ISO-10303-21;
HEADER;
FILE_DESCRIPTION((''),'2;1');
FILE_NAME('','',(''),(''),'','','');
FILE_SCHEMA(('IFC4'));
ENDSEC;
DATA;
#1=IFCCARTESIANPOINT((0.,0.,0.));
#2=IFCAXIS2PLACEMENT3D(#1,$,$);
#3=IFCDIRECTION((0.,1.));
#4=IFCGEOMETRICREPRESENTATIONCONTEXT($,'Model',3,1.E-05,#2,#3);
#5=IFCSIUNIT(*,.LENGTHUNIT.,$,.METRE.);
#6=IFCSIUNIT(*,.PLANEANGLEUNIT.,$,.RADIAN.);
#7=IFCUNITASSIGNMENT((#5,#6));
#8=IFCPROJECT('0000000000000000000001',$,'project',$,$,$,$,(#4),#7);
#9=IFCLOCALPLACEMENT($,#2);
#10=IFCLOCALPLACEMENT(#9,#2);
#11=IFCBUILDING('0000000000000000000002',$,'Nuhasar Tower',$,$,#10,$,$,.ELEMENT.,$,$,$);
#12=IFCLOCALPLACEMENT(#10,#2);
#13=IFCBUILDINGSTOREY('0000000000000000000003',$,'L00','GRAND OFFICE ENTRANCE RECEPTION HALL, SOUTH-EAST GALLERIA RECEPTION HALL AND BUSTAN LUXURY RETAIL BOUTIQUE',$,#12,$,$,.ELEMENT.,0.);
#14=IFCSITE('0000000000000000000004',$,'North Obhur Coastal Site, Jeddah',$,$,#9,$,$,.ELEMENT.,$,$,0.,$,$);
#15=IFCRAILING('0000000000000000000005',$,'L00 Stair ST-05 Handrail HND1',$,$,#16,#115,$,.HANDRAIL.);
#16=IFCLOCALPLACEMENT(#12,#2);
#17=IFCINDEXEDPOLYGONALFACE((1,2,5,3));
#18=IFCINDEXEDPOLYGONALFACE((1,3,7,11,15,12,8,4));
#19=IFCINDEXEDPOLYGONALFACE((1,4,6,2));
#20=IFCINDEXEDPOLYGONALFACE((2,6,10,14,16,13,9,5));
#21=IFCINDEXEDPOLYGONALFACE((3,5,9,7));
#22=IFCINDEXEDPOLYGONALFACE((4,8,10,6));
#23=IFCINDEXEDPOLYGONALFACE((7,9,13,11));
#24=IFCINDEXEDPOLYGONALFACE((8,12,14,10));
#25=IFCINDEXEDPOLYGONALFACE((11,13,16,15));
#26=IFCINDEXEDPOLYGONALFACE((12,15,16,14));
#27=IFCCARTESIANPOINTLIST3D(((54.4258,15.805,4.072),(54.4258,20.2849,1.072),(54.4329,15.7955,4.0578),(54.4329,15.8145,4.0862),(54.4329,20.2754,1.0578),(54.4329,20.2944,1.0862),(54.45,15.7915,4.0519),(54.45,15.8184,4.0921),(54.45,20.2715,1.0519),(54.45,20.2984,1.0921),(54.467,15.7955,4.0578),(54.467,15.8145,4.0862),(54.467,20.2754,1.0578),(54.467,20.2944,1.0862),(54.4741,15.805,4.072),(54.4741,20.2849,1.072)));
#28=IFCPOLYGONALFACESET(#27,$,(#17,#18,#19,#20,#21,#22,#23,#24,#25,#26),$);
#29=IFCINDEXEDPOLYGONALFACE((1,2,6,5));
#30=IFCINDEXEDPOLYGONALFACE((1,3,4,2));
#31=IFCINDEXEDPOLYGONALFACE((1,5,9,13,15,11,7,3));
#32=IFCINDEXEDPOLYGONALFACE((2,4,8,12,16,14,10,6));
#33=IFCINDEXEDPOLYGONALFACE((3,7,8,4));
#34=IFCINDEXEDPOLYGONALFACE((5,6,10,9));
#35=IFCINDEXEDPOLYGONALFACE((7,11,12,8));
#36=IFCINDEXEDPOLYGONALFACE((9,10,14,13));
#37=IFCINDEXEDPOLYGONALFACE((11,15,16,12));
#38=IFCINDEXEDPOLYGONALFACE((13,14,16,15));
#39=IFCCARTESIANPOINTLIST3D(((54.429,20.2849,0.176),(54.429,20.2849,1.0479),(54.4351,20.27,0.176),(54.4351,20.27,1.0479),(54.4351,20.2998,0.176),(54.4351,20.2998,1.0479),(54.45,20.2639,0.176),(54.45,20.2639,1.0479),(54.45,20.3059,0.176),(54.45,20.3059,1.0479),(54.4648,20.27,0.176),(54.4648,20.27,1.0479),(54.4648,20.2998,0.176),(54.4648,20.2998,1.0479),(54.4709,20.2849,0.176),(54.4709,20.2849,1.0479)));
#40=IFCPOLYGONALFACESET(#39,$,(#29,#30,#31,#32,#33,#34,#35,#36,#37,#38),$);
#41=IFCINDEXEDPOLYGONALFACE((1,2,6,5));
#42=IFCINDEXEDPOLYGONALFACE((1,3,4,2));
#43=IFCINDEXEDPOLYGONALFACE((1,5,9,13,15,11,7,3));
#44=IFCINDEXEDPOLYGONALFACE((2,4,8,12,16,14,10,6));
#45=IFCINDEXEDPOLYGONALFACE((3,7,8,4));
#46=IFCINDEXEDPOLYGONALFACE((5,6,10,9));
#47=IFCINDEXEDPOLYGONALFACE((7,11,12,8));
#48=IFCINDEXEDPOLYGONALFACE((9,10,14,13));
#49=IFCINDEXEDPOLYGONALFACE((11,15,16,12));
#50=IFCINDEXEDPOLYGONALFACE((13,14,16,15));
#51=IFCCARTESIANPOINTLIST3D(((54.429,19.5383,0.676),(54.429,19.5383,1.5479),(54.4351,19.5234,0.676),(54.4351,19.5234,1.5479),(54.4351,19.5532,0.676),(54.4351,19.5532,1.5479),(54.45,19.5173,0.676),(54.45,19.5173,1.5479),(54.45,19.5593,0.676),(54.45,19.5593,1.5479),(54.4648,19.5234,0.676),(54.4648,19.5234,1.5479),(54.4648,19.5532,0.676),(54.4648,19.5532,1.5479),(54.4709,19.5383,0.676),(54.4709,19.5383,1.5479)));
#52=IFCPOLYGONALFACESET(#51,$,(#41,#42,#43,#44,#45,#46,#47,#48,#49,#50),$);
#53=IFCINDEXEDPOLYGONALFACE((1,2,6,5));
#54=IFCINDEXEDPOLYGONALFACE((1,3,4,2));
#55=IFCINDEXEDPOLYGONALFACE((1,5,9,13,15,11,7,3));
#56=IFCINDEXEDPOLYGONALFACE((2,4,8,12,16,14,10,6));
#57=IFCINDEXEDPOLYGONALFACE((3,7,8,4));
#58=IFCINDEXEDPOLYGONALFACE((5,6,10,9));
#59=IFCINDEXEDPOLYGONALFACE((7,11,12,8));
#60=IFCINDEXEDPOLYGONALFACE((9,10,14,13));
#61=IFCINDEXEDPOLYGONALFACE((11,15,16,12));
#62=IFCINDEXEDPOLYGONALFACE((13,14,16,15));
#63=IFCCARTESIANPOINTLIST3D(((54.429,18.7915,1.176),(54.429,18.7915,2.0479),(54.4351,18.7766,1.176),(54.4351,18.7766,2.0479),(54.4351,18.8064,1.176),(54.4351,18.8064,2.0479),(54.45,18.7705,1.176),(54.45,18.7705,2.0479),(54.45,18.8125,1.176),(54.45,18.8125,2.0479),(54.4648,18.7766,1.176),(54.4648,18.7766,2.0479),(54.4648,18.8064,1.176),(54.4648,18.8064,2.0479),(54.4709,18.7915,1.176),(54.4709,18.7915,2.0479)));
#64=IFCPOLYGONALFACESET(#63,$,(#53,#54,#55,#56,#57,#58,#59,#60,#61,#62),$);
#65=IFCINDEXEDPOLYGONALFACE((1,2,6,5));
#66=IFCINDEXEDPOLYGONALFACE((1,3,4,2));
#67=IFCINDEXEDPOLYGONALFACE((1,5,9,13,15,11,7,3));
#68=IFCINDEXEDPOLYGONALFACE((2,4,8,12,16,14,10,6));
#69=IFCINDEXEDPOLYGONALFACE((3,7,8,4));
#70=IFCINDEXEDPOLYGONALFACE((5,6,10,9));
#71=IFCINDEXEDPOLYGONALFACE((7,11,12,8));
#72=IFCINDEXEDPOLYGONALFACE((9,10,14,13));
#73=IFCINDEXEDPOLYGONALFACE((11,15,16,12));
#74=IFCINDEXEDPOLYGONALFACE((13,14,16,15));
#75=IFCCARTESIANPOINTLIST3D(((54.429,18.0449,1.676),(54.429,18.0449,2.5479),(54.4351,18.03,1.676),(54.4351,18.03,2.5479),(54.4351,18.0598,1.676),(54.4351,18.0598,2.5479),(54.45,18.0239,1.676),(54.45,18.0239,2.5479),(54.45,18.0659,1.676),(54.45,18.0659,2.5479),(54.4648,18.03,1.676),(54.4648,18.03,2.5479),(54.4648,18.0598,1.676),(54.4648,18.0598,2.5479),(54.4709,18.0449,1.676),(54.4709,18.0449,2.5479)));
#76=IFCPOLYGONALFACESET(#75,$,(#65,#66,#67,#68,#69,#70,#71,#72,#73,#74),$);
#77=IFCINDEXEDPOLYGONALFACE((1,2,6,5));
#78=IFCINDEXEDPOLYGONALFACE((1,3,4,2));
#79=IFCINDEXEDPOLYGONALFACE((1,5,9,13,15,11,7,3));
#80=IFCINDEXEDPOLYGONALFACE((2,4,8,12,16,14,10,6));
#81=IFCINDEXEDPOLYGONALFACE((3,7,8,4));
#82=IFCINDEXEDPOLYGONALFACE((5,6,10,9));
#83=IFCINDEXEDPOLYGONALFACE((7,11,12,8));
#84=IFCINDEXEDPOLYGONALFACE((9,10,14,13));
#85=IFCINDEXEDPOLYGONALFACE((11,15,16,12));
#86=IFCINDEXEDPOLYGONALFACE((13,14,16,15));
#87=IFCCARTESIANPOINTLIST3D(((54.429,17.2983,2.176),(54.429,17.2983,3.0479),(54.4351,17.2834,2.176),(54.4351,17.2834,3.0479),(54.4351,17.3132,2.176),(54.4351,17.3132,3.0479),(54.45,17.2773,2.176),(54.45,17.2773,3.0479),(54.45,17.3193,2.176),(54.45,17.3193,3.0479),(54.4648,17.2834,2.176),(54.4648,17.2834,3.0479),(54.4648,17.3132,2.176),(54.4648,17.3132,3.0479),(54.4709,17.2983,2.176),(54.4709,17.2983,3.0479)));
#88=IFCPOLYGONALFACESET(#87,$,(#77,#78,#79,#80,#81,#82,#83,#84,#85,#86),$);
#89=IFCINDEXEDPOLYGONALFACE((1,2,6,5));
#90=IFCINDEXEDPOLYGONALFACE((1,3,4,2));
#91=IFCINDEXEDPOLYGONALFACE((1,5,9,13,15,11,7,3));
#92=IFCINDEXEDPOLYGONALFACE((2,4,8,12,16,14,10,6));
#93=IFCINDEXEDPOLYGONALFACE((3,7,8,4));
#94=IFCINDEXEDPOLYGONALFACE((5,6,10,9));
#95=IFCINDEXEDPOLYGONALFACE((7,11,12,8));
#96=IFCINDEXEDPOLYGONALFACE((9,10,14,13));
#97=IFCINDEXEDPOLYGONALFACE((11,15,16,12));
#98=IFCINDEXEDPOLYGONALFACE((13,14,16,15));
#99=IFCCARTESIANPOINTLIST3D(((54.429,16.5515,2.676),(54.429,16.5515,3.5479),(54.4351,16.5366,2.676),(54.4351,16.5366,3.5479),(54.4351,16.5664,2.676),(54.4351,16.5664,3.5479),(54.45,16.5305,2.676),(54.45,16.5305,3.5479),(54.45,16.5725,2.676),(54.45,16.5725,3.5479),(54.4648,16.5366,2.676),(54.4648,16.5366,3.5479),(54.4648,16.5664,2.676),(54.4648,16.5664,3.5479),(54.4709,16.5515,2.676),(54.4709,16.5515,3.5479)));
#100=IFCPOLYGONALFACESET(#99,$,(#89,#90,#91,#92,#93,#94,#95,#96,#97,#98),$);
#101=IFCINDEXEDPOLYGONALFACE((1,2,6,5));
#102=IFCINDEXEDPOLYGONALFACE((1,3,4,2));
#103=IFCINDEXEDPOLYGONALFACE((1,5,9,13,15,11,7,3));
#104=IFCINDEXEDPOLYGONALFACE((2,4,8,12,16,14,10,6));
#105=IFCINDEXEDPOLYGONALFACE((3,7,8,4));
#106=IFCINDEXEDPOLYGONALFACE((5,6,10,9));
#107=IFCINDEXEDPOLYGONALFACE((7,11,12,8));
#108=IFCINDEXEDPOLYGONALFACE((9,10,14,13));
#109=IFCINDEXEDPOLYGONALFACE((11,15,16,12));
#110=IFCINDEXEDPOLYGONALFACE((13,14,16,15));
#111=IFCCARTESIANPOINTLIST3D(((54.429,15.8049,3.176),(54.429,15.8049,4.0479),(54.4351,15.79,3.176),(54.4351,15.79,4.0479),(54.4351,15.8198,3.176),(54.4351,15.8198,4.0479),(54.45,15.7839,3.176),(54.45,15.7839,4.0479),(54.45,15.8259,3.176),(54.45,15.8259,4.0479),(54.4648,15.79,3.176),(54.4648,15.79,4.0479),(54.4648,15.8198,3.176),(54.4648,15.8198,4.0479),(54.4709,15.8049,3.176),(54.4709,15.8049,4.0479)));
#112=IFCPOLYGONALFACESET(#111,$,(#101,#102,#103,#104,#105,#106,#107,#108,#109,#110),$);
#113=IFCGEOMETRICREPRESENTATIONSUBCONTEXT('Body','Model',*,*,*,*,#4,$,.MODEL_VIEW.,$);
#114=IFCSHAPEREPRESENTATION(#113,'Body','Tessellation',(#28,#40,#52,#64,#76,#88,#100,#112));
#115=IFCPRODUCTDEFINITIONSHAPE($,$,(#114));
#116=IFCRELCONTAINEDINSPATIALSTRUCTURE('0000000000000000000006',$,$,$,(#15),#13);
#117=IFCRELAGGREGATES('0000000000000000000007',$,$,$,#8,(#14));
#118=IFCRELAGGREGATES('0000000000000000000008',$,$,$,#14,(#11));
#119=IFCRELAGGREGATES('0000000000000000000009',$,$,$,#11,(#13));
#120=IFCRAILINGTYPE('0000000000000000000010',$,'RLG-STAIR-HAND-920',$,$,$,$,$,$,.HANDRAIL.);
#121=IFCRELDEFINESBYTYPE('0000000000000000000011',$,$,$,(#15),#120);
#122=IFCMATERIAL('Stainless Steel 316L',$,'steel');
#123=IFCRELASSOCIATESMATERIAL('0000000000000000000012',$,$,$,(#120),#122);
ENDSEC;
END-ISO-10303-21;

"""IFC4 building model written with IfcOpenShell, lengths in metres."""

from ifc_helpers import new_model, si_unit, direction, frame, origin, place, context, subcontext, project, spatial, polyline, outline, extrude, material, type_object, element, save


model = new_model("IFC4")

# Units and contexts
model_context = context("Model", 3, precision=1e-05, world=origin(), true_north=direction((0.0, 1.0)))
body_context = subcontext(model_context, "Body", "Model", "MODEL_VIEW")
ifc_project = project(units=[si_unit("LENGTHUNIT", "METRE"), si_unit("PLANEANGLEUNIT", "RADIAN")], contexts=[model_context])

# Site, building, storey
site_placement = place(None, origin())
site = spatial("IfcSite", under=ifc_project, at=site_placement, Name="North Obhur Coastal Site, Jeddah", CompositionType="ELEMENT", RefElevation=0.0)
building_placement = place(site_placement, origin())
building = spatial("IfcBuilding", under=site, at=building_placement, Name="Nuhasar Tower", CompositionType="ELEMENT")
storey_placement = place(building_placement, origin())
storey = spatial("IfcBuildingStorey", under=building, at=storey_placement, Name="L00", Description="GRAND OFFICE ENTRANCE RECEPTION HALL, SOUTH-EAST GALLERIA RECEPTION HALL AND BUSTAN LUXURY RETAIL BOUTIQUE", CompositionType="ELEMENT", Elevation=0.0)

# Railing
ifc_material_1 = material(Name="Stainless Steel 316L", Category="steel")
railing_type_1 = type_object("IfcRailingType", Name="RLG-STAIR-HAND-920", PredefinedType="HANDRAIL", material=ifc_material_1)
railing_1_placement = place(storey_placement, frame((54.45, 20.2849, 0.176)))
element("IfcRailing", 1, at=railing_1_placement, inside=storey, type_object=railing_type_1, Name="L00 Stair ST-05 Handrail HND1", PredefinedType="HANDRAIL", context=body_context, shape_type="SweptSolid", body=[
    extrude(outline(polyline([(0.0242, 0.0), (0.0171, 0.0171), (0.0, 0.0242), (-0.0171, 0.0171), (-0.0242, 0.0), (-0.0171, -0.0171), (0.0, -0.0242), (0.0171, -0.0171), (0.0242, 0.0)])), frame((0.0, 0.0, 0.896), z_axis=(0.0, -0.830906, 0.556413), x_axis=(1.0, 0.0, 0.0)), (0.0, 0.0, 1.0), 5.3916),
    extrude(outline(polyline([(0.021, 0.0), (0.0149, 0.0149), (0.0, 0.021), (-0.0149, 0.0149), (-0.021, 0.0), (-0.0149, -0.0149), (0.0, -0.021), (0.0149, -0.0149), (0.021, 0.0)])), origin(), (0.0, 0.0, 1.0), 0.8718),
    extrude(outline(polyline([(0.021, 0.0), (0.0149, 0.0149), (0.0, 0.021), (-0.0149, 0.0149), (-0.021, 0.0), (-0.0149, -0.0149), (0.0, -0.021), (0.0149, -0.0149), (0.021, 0.0)])), frame((0.0, -0.7466, 0.5)), (0.0, 0.0, 1.0), 0.8718),
    extrude(outline(polyline([(0.021, 0.0), (0.0149, 0.0149), (0.0, 0.021), (-0.0149, 0.0149), (-0.021, 0.0), (-0.0149, -0.0149), (0.0, -0.021), (0.0149, -0.0149), (0.021, 0.0)])), frame((0.0, -1.4934, 1.0)), (0.0, 0.0, 1.0), 0.8718),
    extrude(outline(polyline([(0.021, 0.0), (0.0149, 0.0149), (0.0, 0.021), (-0.0149, 0.0149), (-0.021, 0.0), (-0.0149, -0.0149), (0.0, -0.021), (0.0149, -0.0149), (0.021, 0.0)])), frame((0.0, -2.24, 1.5)), (0.0, 0.0, 1.0), 0.8718),
    extrude(outline(polyline([(0.021, 0.0), (0.0149, 0.0149), (0.0, 0.021), (-0.0149, 0.0149), (-0.021, 0.0), (-0.0149, -0.0149), (0.0, -0.021), (0.0149, -0.0149), (0.021, 0.0)])), frame((0.0, -2.9866, 2.0)), (0.0, 0.0, 1.0), 0.8718),
    extrude(outline(polyline([(0.021, 0.0), (0.0149, 0.0149), (0.0, 0.021), (-0.0149, 0.0149), (-0.021, 0.0), (-0.0149, -0.0149), (0.0, -0.021), (0.0149, -0.0149), (0.021, 0.0)])), frame((0.0, -3.7334, 2.5)), (0.0, 0.0, 1.0), 0.8718),
    extrude(outline(polyline([(0.021, 0.0), (0.0149, 0.0149), (0.0, 0.021), (-0.0149, 0.0149), (-0.021, 0.0), (-0.0149, -0.0149), (0.0, -0.021), (0.0149, -0.0149), (0.021, 0.0)])), frame((0.0, -4.48, 3.0)), (0.0, 0.0, 1.0), 0.8718),
])

save(model, "model.ifc")
